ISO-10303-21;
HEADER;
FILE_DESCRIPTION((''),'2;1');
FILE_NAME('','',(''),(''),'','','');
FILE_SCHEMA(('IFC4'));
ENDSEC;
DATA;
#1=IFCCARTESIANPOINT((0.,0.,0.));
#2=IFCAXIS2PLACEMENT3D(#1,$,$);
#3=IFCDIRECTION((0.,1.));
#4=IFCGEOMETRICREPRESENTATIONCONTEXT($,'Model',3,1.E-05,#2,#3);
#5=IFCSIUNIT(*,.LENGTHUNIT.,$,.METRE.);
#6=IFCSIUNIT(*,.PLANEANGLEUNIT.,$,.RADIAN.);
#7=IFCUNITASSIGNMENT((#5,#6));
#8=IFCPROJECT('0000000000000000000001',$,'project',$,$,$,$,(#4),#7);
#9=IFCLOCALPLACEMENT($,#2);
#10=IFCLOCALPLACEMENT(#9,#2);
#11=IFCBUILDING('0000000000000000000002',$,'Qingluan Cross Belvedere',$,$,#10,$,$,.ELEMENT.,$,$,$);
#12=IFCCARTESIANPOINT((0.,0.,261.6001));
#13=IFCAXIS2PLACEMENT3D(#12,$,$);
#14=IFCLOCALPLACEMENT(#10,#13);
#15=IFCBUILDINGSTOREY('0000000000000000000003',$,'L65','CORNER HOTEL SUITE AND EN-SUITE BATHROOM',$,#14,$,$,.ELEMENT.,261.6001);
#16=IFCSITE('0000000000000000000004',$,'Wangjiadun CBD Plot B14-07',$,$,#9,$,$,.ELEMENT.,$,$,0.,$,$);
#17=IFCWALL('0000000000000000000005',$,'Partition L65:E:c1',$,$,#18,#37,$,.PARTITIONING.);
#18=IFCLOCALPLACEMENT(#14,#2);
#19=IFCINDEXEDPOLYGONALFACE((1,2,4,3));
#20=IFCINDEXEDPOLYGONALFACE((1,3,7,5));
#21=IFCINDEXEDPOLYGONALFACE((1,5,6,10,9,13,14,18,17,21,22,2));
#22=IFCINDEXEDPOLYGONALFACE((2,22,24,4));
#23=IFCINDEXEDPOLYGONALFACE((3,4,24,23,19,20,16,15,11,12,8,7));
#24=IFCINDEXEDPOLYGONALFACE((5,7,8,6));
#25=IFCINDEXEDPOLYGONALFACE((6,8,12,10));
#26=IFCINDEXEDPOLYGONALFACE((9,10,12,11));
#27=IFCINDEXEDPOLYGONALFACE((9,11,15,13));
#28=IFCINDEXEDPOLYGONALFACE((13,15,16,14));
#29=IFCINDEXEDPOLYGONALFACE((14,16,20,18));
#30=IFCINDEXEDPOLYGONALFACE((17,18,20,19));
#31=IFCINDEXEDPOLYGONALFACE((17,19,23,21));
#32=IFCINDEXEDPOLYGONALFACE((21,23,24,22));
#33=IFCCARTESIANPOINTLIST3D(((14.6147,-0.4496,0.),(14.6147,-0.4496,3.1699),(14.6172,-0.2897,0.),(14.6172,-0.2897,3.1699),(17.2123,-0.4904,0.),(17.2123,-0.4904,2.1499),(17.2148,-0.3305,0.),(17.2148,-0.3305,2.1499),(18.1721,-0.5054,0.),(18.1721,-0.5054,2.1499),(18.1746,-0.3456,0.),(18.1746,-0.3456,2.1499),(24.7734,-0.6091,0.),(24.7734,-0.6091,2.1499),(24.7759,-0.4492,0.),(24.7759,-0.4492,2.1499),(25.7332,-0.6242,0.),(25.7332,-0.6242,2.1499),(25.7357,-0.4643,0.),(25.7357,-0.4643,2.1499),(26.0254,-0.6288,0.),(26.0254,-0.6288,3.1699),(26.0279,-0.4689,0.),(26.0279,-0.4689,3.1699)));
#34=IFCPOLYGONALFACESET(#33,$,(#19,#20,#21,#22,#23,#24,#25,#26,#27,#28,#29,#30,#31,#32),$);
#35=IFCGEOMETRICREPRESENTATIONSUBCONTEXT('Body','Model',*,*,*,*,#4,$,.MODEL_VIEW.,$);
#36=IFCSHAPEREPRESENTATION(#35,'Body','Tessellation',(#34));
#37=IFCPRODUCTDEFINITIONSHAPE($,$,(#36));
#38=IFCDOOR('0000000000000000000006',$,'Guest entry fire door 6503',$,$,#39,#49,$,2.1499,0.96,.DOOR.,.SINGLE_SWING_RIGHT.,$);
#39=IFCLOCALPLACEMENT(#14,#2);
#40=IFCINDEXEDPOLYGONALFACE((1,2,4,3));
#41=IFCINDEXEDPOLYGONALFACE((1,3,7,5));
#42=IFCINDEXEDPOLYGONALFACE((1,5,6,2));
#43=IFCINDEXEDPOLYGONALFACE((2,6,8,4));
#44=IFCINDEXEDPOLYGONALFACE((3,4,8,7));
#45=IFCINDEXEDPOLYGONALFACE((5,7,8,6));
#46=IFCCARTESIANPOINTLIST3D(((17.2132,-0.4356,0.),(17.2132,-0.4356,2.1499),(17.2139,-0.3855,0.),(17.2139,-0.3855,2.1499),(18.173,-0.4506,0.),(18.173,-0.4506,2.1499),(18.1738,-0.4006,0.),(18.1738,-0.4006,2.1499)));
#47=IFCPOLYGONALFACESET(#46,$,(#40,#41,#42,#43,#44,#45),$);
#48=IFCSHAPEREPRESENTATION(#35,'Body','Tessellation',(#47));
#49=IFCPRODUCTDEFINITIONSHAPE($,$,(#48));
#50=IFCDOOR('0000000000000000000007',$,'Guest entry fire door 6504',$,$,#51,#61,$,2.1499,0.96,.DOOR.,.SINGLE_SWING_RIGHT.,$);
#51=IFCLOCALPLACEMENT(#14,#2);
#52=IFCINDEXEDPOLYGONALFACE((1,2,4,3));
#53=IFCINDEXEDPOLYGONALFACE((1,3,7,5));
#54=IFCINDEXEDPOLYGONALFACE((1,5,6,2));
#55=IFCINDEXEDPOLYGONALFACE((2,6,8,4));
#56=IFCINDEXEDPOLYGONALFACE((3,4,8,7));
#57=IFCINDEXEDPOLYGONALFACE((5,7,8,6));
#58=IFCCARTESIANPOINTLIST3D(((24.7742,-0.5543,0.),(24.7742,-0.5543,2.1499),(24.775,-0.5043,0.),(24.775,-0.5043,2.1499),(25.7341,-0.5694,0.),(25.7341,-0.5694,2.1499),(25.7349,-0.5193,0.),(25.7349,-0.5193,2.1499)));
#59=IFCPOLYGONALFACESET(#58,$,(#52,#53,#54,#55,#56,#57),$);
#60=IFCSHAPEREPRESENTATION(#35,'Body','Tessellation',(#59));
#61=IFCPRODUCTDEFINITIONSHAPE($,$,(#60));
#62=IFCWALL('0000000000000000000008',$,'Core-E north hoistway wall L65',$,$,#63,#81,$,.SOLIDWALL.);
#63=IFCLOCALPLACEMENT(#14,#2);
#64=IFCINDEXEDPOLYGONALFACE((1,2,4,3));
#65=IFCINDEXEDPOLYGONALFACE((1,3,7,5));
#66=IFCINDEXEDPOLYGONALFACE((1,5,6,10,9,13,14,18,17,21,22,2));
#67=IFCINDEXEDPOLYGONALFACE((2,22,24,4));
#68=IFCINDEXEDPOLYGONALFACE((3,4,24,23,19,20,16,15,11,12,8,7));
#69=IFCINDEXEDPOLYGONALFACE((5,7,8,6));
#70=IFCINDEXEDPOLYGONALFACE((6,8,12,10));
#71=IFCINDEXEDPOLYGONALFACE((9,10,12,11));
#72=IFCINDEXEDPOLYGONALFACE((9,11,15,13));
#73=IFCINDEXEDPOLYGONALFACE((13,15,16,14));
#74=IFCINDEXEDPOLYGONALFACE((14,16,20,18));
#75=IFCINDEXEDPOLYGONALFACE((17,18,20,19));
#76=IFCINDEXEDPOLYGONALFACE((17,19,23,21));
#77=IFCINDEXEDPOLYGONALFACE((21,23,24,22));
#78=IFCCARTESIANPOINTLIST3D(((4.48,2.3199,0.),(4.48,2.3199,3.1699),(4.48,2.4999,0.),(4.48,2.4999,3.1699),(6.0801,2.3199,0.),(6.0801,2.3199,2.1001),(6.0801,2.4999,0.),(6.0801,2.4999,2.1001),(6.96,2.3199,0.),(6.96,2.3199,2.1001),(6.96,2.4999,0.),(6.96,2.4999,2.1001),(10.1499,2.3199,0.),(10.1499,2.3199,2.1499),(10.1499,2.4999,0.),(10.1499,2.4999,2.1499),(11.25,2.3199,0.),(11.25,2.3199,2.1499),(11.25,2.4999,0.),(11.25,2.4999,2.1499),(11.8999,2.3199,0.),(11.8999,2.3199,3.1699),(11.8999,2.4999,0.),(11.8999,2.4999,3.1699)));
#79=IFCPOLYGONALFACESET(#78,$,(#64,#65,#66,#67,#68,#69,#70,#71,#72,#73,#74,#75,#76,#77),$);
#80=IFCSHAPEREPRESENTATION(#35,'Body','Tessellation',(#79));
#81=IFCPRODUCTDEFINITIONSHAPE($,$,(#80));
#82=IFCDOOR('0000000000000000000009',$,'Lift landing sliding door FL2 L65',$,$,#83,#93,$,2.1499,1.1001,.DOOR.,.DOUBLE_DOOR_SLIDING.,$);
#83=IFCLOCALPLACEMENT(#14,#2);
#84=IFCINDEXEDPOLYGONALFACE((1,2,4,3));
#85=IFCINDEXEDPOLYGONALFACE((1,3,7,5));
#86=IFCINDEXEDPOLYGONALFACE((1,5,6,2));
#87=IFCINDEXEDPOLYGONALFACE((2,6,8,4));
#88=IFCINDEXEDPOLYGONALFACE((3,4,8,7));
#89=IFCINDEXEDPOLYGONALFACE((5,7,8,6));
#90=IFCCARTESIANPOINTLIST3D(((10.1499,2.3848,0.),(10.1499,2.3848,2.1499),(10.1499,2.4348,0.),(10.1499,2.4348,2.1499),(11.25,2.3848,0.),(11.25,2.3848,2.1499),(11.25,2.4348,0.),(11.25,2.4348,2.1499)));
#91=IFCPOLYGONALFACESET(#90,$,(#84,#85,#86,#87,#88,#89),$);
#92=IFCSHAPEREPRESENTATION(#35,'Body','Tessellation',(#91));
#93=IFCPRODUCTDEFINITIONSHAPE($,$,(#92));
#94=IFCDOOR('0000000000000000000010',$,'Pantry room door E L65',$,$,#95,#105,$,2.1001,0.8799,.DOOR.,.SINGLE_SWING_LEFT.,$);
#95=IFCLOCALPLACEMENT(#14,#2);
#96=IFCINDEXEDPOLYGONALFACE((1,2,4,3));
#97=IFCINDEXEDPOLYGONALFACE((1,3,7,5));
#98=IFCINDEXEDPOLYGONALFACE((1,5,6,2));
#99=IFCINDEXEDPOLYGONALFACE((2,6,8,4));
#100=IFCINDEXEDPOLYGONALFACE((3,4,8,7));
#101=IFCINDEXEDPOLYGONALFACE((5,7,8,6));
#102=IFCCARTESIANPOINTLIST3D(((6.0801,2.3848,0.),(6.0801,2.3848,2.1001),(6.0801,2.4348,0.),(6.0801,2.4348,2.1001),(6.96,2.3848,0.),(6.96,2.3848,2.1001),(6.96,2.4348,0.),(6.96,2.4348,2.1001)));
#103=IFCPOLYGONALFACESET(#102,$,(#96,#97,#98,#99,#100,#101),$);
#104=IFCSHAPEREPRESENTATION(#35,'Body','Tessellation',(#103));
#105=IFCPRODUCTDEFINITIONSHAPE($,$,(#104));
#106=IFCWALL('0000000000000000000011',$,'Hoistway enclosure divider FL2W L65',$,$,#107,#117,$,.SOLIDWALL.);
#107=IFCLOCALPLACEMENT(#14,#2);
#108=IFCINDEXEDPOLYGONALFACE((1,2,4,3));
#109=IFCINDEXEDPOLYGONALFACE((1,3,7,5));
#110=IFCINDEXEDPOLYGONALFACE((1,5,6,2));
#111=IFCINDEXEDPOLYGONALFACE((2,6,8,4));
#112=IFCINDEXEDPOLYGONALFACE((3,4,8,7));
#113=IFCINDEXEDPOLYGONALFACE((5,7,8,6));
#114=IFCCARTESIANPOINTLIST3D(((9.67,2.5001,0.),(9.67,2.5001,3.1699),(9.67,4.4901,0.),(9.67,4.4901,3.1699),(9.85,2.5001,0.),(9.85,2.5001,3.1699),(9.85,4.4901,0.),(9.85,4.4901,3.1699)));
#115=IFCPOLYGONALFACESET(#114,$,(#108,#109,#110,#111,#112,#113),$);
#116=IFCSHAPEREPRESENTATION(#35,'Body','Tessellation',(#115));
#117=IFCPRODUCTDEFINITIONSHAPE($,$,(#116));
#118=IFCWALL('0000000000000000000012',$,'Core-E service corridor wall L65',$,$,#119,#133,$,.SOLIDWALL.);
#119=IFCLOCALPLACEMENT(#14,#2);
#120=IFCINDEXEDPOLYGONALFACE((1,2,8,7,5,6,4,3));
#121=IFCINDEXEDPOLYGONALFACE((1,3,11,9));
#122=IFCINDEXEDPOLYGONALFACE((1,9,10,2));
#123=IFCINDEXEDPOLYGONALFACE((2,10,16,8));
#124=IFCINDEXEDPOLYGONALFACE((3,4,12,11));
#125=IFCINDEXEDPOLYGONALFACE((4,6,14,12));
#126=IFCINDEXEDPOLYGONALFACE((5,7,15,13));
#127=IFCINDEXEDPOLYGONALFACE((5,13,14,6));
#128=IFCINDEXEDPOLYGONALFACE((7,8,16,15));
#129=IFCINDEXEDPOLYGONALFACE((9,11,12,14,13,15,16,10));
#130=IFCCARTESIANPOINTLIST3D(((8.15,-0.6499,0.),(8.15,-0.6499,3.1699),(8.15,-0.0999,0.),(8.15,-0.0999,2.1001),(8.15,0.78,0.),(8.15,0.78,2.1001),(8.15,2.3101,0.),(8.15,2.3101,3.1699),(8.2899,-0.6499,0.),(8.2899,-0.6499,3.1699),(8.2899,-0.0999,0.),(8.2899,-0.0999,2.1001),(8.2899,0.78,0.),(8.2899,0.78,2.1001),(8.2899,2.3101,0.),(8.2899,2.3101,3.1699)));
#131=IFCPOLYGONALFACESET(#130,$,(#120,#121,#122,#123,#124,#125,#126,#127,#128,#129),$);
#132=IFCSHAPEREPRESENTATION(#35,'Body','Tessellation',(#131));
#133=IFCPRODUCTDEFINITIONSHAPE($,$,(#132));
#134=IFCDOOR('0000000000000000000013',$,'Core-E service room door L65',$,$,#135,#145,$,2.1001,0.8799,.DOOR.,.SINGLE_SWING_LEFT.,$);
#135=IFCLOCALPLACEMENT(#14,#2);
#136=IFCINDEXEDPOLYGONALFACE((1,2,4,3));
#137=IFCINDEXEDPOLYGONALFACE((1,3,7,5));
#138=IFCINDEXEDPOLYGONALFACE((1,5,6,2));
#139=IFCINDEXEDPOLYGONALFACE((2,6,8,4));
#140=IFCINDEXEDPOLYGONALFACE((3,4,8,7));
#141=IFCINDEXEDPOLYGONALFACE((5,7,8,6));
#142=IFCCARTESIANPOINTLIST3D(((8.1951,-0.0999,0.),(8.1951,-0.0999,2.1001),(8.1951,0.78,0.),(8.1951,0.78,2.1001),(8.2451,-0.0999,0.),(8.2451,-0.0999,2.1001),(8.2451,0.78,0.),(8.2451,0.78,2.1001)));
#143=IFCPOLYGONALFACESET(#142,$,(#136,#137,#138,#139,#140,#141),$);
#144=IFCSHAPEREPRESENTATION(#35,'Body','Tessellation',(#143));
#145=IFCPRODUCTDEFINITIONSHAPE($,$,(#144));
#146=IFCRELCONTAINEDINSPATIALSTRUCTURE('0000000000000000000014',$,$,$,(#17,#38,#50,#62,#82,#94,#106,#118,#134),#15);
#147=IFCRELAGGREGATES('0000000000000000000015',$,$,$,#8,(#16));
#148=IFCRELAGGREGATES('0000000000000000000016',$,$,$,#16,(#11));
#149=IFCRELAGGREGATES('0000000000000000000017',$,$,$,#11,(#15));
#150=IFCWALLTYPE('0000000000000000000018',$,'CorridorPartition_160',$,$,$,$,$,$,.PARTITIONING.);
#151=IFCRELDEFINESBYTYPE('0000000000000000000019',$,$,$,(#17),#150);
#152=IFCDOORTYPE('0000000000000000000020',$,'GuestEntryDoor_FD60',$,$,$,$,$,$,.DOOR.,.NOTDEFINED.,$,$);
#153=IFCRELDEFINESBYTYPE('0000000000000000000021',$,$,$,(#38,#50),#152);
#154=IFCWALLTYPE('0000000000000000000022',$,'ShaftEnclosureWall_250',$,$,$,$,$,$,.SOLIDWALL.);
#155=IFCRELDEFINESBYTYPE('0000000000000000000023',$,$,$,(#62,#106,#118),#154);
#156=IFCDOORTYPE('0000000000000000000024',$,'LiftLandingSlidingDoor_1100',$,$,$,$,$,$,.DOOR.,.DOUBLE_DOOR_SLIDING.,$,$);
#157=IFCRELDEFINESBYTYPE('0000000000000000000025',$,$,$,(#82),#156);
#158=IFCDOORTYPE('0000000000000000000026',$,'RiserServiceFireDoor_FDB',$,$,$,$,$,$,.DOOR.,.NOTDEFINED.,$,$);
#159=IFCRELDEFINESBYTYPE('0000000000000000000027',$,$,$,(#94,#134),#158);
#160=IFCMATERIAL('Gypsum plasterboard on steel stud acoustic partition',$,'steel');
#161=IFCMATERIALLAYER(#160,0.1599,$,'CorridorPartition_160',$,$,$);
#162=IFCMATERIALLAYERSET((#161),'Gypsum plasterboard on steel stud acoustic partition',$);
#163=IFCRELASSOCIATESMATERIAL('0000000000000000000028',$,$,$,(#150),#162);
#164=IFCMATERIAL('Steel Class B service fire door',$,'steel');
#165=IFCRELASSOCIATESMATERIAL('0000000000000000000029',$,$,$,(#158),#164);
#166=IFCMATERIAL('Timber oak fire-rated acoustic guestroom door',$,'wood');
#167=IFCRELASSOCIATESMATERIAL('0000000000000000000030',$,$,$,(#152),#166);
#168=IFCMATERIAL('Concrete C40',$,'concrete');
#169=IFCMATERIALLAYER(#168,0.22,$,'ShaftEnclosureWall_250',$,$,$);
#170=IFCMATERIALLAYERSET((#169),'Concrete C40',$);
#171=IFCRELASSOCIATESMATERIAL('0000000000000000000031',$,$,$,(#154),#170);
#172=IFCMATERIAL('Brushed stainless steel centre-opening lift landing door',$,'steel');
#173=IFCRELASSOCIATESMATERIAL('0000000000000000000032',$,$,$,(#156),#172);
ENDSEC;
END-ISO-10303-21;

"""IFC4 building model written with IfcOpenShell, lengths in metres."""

from ifc_helpers import new_model, si_unit, direction, frame, frame_2d, origin, place, context, subcontext, project, spatial, rectangle, extrude, material, layer, layer_set, type_object, element, fill, save


model = new_model("IFC4")

# Units and contexts
model_context = context("Model", 3, precision=1e-05, world=origin(), true_north=direction((0.0, 1.0)))
body_context = subcontext(model_context, "Body", "Model", "MODEL_VIEW")
ifc_project = project(units=[si_unit("LENGTHUNIT", "METRE"), si_unit("PLANEANGLEUNIT", "RADIAN")], contexts=[model_context])

# Site, building, storey
site_placement = place(None, origin())
site = spatial("IfcSite", under=ifc_project, at=site_placement, Name="Wangjiadun CBD Plot B14-07", CompositionType="ELEMENT", RefElevation=0.0)
building_placement = place(site_placement, origin())
building = spatial("IfcBuilding", under=site, at=building_placement, Name="Qingluan Cross Belvedere", CompositionType="ELEMENT")
storey_placement = place(building_placement, frame((0.0, 0.0, 261.6001)))
storey = spatial("IfcBuildingStorey", under=building, at=storey_placement, Name="L65", Description="CORNER HOTEL SUITE AND EN-SUITE BATHROOM", CompositionType="ELEMENT", Elevation=261.6001)

# Shared definitions
ifc_material_1 = material(Name="Gypsum plasterboard on steel stud acoustic partition", Category="steel")
ifc_layer_1 = layer(ifc_material_1, 0.1599, Name="CorridorPartition_160")
ifc_layer_set_1 = layer_set([ifc_layer_1], Name="Gypsum plasterboard on steel stud acoustic partition")
wall_type_1 = type_object("IfcWallType", Name="CorridorPartition_160", PredefinedType="PARTITIONING", material=ifc_layer_set_1)
ifc_material_2 = material(Name="Steel Class B service fire door", Category="steel")
door_type_1 = type_object("IfcDoorType", Name="RiserServiceFireDoor_FDB", OperationType="NOTDEFINED", PredefinedType="DOOR", material=ifc_material_2)

# Walls, openings, doors
wall_1_placement = place(storey_placement, frame((14.616, -0.3696, 0.0), z_axis=(0.0, 0.0, 1.0), x_axis=(0.999877, -0.015703, 0.0)))
wall_1 = element("IfcWall", 1, at=wall_1_placement, inside=storey, type_object=wall_type_1, Name="Partition L65:E:c1", PredefinedType="PARTITIONING", context=body_context, shape_type="SweptSolid", body=[
    extrude(rectangle(XDim=11.4121, YDim=0.1599, at=frame_2d((5.7061, 0.0))), origin(), (0.0, 0.0, 1.0), 3.1699),
])
opening_1_placement = place(wall_1_placement, frame((2.5979, 0.0, 0.0)))
opening_1 = element("IfcOpeningElement", 2, at=opening_1_placement, cuts=wall_1, PredefinedType="OPENING", context=body_context, shape_type="SweptSolid", body=[
    extrude(rectangle(XDim=0.96, YDim=2.1499, at=frame_2d((0.48, 1.075))), frame((0.0, 0.0898, 0.0), z_axis=(0.0, -1.0, 0.0), x_axis=(1.0, 0.0, 0.0)), (0.0, 0.0, 1.0), 0.1799),
])
opening_2_placement = place(wall_1_placement, frame((10.1599, 0.0, 0.0)))
opening_2 = element("IfcOpeningElement", 3, at=opening_2_placement, cuts=wall_1, PredefinedType="OPENING", context=body_context, shape_type="SweptSolid", body=[
    extrude(rectangle(XDim=0.96, YDim=2.1499, at=frame_2d((0.48, 1.075))), frame((0.0, 0.0898, 0.0), z_axis=(0.0, -1.0, 0.0), x_axis=(1.0, 0.0, 0.0)), (0.0, 0.0, 1.0), 0.1799),
])
ifc_material_3 = material(Name="Timber oak fire-rated acoustic guestroom door", Category="wood")
door_type_2 = type_object("IfcDoorType", Name="GuestEntryDoor_FD60", OperationType="NOTDEFINED", PredefinedType="DOOR", material=ifc_material_3)
door_1_placement = place(opening_1_placement, origin())
door_1 = element("IfcDoor", 4, at=door_1_placement, inside=storey, type_object=door_type_2, Name="Guest entry fire door 6503", OperationType="SINGLE_SWING_RIGHT", OverallHeight=2.1499, OverallWidth=0.96, PredefinedType="DOOR", context=body_context, shape_type="SweptSolid", body=[
    extrude(rectangle(XDim=0.96, YDim=2.1499, at=frame_2d((0.48, 1.075))), frame((0.0, 0.0249, 0.0), z_axis=(0.0, -1.0, 0.0), x_axis=(1.0, 0.0, 0.0)), (0.0, 0.0, 1.0), 0.05),
])
fill(opening_1, door_1)
door_2_placement = place(opening_2_placement, origin())
door_2 = element("IfcDoor", 5, at=door_2_placement, inside=storey, type_object=door_type_2, Name="Guest entry fire door 6504", OperationType="SINGLE_SWING_RIGHT", OverallHeight=2.1499, OverallWidth=0.96, PredefinedType="DOOR", context=body_context, shape_type="SweptSolid", body=[
    extrude(rectangle(XDim=0.96, YDim=2.1499, at=frame_2d((0.48, 1.075))), frame((0.0, 0.0249, 0.0), z_axis=(0.0, -1.0, 0.0), x_axis=(1.0, 0.0, 0.0)), (0.0, 0.0, 1.0), 0.05),
])
fill(opening_2, door_2)
ifc_material_4 = material(Name="Concrete C40", Category="concrete")
ifc_layer_2 = layer(ifc_material_4, 0.22, Name="ShaftEnclosureWall_250")
ifc_layer_set_2 = layer_set([ifc_layer_2], Name="Concrete C40")
wall_type_2 = type_object("IfcWallType", Name="ShaftEnclosureWall_250", PredefinedType="SOLIDWALL", material=ifc_layer_set_2)
wall_2_placement = place(storey_placement, frame((4.48, 2.4099, 0.0), z_axis=(0.0, 0.0, 1.0), x_axis=(1.0, 0.0, 0.0)))
wall_2 = element("IfcWall", 6, at=wall_2_placement, inside=storey, type_object=wall_type_2, Name="Core-E north hoistway wall L65", PredefinedType="SOLIDWALL", context=body_context, shape_type="SweptSolid", body=[
    extrude(rectangle(XDim=7.4199, YDim=0.1799, at=frame_2d((3.71, 0.0))), origin(), (0.0, 0.0, 1.0), 3.1699),
])
opening_3_placement = place(wall_2_placement, frame((5.6699, 0.0, 0.0)))
opening_3 = element("IfcOpeningElement", 7, at=opening_3_placement, cuts=wall_2, PredefinedType="OPENING", context=body_context, shape_type="SweptSolid", body=[
    extrude(rectangle(XDim=1.1001, YDim=2.1499, at=frame_2d((0.55, 1.075))), frame((0.0, 0.0999, 0.0), z_axis=(0.0, -1.0, 0.0), x_axis=(1.0, 0.0, 0.0)), (0.0, 0.0, 1.0), 0.2),
])
opening_4_placement = place(wall_2_placement, frame((1.6001, 0.0, 0.0)))
opening_4 = element("IfcOpeningElement", 8, at=opening_4_placement, cuts=wall_2, PredefinedType="OPENING", context=body_context, shape_type="SweptSolid", body=[
    extrude(rectangle(XDim=0.8799, YDim=2.1001, at=frame_2d((0.4399, 1.05))), frame((0.0, 0.0999, 0.0), z_axis=(0.0, -1.0, 0.0), x_axis=(1.0, 0.0, 0.0)), (0.0, 0.0, 1.0), 0.2),
])
ifc_material_5 = material(Name="Brushed stainless steel centre-opening lift landing door", Category="steel")
door_type_3 = type_object("IfcDoorType", Name="LiftLandingSlidingDoor_1100", OperationType="DOUBLE_DOOR_SLIDING", PredefinedType="DOOR", material=ifc_material_5)
door_3_placement = place(opening_3_placement, origin())
door_3 = element("IfcDoor", 9, at=door_3_placement, inside=storey, type_object=door_type_3, Name="Lift landing sliding door FL2 L65", OperationType="DOUBLE_DOOR_SLIDING", OverallHeight=2.1499, OverallWidth=1.1001, PredefinedType="DOOR", context=body_context, shape_type="SweptSolid", body=[
    extrude(rectangle(XDim=1.1001, YDim=2.1499, at=frame_2d((0.55, 1.075))), frame((0.0, 0.0249, 0.0), z_axis=(0.0, -1.0, 0.0), x_axis=(1.0, 0.0, 0.0)), (0.0, 0.0, 1.0), 0.05),
])
fill(opening_3, door_3)
door_4_placement = place(opening_4_placement, origin())
door_4 = element("IfcDoor", 10, at=door_4_placement, inside=storey, type_object=door_type_1, Name="Pantry room door E L65", OperationType="SINGLE_SWING_LEFT", OverallHeight=2.1001, OverallWidth=0.8799, PredefinedType="DOOR", context=body_context, shape_type="SweptSolid", body=[
    extrude(rectangle(XDim=0.8799, YDim=2.1001, at=frame_2d((0.4399, 1.05))), frame((0.0, 0.0249, 0.0), z_axis=(0.0, -1.0, 0.0), x_axis=(1.0, 0.0, 0.0)), (0.0, 0.0, 1.0), 0.05),
])
fill(opening_4, door_4)

# Wall
wall_3_placement = place(storey_placement, frame((9.76, 2.5, 0.0), z_axis=(0.0, 0.0, 1.0), x_axis=(0.0, 1.0, 0.0)))
element("IfcWall", 11, at=wall_3_placement, inside=storey, type_object=wall_type_2, Name="Hoistway enclosure divider FL2W L65", PredefinedType="SOLIDWALL", context=body_context, shape_type="SweptSolid", body=[
    extrude(rectangle(XDim=1.99, YDim=0.1799, at=frame_2d((0.9951, 0.0))), origin(), (0.0, 0.0, 1.0), 3.1699),
])

# Wall, opening, door
wall_4_placement = place(storey_placement, frame((8.22, -0.6499, 0.0), z_axis=(0.0, 0.0, 1.0), x_axis=(0.0, 1.0, 0.0)))
wall_4 = element("IfcWall", 12, at=wall_4_placement, inside=storey, type_object=wall_type_2, Name="Core-E service corridor wall L65", PredefinedType="SOLIDWALL", context=body_context, shape_type="SweptSolid", body=[
    extrude(rectangle(XDim=2.96, YDim=0.1399, at=frame_2d((1.48, 0.0))), origin(), (0.0, 0.0, 1.0), 3.1699),
])
opening_5_placement = place(wall_4_placement, frame((0.55, 0.0, 0.0)))
opening_5 = element("IfcOpeningElement", 13, at=opening_5_placement, cuts=wall_4, PredefinedType="OPENING", context=body_context, shape_type="SweptSolid", body=[
    extrude(rectangle(XDim=0.8799, YDim=2.1001, at=frame_2d((0.4399, 1.05))), frame((0.0, 0.0798, 0.0), z_axis=(0.0, -1.0, 0.0), x_axis=(1.0, 0.0, 0.0)), (0.0, 0.0, 1.0), 0.1599),
])
door_5_placement = place(opening_5_placement, origin())
door_5 = element("IfcDoor", 14, at=door_5_placement, inside=storey, type_object=door_type_1, Name="Core-E service room door L65", OperationType="SINGLE_SWING_LEFT", OverallHeight=2.1001, OverallWidth=0.8799, PredefinedType="DOOR", context=body_context, shape_type="SweptSolid", body=[
    extrude(rectangle(XDim=0.8799, YDim=2.1001, at=frame_2d((0.4399, 1.05))), frame((0.0, 0.0249, 0.0), z_axis=(0.0, -1.0, 0.0), x_axis=(1.0, 0.0, 0.0)), (0.0, 0.0, 1.0), 0.05),
])
fill(opening_5, door_5)

save(model, "model.ifc")
